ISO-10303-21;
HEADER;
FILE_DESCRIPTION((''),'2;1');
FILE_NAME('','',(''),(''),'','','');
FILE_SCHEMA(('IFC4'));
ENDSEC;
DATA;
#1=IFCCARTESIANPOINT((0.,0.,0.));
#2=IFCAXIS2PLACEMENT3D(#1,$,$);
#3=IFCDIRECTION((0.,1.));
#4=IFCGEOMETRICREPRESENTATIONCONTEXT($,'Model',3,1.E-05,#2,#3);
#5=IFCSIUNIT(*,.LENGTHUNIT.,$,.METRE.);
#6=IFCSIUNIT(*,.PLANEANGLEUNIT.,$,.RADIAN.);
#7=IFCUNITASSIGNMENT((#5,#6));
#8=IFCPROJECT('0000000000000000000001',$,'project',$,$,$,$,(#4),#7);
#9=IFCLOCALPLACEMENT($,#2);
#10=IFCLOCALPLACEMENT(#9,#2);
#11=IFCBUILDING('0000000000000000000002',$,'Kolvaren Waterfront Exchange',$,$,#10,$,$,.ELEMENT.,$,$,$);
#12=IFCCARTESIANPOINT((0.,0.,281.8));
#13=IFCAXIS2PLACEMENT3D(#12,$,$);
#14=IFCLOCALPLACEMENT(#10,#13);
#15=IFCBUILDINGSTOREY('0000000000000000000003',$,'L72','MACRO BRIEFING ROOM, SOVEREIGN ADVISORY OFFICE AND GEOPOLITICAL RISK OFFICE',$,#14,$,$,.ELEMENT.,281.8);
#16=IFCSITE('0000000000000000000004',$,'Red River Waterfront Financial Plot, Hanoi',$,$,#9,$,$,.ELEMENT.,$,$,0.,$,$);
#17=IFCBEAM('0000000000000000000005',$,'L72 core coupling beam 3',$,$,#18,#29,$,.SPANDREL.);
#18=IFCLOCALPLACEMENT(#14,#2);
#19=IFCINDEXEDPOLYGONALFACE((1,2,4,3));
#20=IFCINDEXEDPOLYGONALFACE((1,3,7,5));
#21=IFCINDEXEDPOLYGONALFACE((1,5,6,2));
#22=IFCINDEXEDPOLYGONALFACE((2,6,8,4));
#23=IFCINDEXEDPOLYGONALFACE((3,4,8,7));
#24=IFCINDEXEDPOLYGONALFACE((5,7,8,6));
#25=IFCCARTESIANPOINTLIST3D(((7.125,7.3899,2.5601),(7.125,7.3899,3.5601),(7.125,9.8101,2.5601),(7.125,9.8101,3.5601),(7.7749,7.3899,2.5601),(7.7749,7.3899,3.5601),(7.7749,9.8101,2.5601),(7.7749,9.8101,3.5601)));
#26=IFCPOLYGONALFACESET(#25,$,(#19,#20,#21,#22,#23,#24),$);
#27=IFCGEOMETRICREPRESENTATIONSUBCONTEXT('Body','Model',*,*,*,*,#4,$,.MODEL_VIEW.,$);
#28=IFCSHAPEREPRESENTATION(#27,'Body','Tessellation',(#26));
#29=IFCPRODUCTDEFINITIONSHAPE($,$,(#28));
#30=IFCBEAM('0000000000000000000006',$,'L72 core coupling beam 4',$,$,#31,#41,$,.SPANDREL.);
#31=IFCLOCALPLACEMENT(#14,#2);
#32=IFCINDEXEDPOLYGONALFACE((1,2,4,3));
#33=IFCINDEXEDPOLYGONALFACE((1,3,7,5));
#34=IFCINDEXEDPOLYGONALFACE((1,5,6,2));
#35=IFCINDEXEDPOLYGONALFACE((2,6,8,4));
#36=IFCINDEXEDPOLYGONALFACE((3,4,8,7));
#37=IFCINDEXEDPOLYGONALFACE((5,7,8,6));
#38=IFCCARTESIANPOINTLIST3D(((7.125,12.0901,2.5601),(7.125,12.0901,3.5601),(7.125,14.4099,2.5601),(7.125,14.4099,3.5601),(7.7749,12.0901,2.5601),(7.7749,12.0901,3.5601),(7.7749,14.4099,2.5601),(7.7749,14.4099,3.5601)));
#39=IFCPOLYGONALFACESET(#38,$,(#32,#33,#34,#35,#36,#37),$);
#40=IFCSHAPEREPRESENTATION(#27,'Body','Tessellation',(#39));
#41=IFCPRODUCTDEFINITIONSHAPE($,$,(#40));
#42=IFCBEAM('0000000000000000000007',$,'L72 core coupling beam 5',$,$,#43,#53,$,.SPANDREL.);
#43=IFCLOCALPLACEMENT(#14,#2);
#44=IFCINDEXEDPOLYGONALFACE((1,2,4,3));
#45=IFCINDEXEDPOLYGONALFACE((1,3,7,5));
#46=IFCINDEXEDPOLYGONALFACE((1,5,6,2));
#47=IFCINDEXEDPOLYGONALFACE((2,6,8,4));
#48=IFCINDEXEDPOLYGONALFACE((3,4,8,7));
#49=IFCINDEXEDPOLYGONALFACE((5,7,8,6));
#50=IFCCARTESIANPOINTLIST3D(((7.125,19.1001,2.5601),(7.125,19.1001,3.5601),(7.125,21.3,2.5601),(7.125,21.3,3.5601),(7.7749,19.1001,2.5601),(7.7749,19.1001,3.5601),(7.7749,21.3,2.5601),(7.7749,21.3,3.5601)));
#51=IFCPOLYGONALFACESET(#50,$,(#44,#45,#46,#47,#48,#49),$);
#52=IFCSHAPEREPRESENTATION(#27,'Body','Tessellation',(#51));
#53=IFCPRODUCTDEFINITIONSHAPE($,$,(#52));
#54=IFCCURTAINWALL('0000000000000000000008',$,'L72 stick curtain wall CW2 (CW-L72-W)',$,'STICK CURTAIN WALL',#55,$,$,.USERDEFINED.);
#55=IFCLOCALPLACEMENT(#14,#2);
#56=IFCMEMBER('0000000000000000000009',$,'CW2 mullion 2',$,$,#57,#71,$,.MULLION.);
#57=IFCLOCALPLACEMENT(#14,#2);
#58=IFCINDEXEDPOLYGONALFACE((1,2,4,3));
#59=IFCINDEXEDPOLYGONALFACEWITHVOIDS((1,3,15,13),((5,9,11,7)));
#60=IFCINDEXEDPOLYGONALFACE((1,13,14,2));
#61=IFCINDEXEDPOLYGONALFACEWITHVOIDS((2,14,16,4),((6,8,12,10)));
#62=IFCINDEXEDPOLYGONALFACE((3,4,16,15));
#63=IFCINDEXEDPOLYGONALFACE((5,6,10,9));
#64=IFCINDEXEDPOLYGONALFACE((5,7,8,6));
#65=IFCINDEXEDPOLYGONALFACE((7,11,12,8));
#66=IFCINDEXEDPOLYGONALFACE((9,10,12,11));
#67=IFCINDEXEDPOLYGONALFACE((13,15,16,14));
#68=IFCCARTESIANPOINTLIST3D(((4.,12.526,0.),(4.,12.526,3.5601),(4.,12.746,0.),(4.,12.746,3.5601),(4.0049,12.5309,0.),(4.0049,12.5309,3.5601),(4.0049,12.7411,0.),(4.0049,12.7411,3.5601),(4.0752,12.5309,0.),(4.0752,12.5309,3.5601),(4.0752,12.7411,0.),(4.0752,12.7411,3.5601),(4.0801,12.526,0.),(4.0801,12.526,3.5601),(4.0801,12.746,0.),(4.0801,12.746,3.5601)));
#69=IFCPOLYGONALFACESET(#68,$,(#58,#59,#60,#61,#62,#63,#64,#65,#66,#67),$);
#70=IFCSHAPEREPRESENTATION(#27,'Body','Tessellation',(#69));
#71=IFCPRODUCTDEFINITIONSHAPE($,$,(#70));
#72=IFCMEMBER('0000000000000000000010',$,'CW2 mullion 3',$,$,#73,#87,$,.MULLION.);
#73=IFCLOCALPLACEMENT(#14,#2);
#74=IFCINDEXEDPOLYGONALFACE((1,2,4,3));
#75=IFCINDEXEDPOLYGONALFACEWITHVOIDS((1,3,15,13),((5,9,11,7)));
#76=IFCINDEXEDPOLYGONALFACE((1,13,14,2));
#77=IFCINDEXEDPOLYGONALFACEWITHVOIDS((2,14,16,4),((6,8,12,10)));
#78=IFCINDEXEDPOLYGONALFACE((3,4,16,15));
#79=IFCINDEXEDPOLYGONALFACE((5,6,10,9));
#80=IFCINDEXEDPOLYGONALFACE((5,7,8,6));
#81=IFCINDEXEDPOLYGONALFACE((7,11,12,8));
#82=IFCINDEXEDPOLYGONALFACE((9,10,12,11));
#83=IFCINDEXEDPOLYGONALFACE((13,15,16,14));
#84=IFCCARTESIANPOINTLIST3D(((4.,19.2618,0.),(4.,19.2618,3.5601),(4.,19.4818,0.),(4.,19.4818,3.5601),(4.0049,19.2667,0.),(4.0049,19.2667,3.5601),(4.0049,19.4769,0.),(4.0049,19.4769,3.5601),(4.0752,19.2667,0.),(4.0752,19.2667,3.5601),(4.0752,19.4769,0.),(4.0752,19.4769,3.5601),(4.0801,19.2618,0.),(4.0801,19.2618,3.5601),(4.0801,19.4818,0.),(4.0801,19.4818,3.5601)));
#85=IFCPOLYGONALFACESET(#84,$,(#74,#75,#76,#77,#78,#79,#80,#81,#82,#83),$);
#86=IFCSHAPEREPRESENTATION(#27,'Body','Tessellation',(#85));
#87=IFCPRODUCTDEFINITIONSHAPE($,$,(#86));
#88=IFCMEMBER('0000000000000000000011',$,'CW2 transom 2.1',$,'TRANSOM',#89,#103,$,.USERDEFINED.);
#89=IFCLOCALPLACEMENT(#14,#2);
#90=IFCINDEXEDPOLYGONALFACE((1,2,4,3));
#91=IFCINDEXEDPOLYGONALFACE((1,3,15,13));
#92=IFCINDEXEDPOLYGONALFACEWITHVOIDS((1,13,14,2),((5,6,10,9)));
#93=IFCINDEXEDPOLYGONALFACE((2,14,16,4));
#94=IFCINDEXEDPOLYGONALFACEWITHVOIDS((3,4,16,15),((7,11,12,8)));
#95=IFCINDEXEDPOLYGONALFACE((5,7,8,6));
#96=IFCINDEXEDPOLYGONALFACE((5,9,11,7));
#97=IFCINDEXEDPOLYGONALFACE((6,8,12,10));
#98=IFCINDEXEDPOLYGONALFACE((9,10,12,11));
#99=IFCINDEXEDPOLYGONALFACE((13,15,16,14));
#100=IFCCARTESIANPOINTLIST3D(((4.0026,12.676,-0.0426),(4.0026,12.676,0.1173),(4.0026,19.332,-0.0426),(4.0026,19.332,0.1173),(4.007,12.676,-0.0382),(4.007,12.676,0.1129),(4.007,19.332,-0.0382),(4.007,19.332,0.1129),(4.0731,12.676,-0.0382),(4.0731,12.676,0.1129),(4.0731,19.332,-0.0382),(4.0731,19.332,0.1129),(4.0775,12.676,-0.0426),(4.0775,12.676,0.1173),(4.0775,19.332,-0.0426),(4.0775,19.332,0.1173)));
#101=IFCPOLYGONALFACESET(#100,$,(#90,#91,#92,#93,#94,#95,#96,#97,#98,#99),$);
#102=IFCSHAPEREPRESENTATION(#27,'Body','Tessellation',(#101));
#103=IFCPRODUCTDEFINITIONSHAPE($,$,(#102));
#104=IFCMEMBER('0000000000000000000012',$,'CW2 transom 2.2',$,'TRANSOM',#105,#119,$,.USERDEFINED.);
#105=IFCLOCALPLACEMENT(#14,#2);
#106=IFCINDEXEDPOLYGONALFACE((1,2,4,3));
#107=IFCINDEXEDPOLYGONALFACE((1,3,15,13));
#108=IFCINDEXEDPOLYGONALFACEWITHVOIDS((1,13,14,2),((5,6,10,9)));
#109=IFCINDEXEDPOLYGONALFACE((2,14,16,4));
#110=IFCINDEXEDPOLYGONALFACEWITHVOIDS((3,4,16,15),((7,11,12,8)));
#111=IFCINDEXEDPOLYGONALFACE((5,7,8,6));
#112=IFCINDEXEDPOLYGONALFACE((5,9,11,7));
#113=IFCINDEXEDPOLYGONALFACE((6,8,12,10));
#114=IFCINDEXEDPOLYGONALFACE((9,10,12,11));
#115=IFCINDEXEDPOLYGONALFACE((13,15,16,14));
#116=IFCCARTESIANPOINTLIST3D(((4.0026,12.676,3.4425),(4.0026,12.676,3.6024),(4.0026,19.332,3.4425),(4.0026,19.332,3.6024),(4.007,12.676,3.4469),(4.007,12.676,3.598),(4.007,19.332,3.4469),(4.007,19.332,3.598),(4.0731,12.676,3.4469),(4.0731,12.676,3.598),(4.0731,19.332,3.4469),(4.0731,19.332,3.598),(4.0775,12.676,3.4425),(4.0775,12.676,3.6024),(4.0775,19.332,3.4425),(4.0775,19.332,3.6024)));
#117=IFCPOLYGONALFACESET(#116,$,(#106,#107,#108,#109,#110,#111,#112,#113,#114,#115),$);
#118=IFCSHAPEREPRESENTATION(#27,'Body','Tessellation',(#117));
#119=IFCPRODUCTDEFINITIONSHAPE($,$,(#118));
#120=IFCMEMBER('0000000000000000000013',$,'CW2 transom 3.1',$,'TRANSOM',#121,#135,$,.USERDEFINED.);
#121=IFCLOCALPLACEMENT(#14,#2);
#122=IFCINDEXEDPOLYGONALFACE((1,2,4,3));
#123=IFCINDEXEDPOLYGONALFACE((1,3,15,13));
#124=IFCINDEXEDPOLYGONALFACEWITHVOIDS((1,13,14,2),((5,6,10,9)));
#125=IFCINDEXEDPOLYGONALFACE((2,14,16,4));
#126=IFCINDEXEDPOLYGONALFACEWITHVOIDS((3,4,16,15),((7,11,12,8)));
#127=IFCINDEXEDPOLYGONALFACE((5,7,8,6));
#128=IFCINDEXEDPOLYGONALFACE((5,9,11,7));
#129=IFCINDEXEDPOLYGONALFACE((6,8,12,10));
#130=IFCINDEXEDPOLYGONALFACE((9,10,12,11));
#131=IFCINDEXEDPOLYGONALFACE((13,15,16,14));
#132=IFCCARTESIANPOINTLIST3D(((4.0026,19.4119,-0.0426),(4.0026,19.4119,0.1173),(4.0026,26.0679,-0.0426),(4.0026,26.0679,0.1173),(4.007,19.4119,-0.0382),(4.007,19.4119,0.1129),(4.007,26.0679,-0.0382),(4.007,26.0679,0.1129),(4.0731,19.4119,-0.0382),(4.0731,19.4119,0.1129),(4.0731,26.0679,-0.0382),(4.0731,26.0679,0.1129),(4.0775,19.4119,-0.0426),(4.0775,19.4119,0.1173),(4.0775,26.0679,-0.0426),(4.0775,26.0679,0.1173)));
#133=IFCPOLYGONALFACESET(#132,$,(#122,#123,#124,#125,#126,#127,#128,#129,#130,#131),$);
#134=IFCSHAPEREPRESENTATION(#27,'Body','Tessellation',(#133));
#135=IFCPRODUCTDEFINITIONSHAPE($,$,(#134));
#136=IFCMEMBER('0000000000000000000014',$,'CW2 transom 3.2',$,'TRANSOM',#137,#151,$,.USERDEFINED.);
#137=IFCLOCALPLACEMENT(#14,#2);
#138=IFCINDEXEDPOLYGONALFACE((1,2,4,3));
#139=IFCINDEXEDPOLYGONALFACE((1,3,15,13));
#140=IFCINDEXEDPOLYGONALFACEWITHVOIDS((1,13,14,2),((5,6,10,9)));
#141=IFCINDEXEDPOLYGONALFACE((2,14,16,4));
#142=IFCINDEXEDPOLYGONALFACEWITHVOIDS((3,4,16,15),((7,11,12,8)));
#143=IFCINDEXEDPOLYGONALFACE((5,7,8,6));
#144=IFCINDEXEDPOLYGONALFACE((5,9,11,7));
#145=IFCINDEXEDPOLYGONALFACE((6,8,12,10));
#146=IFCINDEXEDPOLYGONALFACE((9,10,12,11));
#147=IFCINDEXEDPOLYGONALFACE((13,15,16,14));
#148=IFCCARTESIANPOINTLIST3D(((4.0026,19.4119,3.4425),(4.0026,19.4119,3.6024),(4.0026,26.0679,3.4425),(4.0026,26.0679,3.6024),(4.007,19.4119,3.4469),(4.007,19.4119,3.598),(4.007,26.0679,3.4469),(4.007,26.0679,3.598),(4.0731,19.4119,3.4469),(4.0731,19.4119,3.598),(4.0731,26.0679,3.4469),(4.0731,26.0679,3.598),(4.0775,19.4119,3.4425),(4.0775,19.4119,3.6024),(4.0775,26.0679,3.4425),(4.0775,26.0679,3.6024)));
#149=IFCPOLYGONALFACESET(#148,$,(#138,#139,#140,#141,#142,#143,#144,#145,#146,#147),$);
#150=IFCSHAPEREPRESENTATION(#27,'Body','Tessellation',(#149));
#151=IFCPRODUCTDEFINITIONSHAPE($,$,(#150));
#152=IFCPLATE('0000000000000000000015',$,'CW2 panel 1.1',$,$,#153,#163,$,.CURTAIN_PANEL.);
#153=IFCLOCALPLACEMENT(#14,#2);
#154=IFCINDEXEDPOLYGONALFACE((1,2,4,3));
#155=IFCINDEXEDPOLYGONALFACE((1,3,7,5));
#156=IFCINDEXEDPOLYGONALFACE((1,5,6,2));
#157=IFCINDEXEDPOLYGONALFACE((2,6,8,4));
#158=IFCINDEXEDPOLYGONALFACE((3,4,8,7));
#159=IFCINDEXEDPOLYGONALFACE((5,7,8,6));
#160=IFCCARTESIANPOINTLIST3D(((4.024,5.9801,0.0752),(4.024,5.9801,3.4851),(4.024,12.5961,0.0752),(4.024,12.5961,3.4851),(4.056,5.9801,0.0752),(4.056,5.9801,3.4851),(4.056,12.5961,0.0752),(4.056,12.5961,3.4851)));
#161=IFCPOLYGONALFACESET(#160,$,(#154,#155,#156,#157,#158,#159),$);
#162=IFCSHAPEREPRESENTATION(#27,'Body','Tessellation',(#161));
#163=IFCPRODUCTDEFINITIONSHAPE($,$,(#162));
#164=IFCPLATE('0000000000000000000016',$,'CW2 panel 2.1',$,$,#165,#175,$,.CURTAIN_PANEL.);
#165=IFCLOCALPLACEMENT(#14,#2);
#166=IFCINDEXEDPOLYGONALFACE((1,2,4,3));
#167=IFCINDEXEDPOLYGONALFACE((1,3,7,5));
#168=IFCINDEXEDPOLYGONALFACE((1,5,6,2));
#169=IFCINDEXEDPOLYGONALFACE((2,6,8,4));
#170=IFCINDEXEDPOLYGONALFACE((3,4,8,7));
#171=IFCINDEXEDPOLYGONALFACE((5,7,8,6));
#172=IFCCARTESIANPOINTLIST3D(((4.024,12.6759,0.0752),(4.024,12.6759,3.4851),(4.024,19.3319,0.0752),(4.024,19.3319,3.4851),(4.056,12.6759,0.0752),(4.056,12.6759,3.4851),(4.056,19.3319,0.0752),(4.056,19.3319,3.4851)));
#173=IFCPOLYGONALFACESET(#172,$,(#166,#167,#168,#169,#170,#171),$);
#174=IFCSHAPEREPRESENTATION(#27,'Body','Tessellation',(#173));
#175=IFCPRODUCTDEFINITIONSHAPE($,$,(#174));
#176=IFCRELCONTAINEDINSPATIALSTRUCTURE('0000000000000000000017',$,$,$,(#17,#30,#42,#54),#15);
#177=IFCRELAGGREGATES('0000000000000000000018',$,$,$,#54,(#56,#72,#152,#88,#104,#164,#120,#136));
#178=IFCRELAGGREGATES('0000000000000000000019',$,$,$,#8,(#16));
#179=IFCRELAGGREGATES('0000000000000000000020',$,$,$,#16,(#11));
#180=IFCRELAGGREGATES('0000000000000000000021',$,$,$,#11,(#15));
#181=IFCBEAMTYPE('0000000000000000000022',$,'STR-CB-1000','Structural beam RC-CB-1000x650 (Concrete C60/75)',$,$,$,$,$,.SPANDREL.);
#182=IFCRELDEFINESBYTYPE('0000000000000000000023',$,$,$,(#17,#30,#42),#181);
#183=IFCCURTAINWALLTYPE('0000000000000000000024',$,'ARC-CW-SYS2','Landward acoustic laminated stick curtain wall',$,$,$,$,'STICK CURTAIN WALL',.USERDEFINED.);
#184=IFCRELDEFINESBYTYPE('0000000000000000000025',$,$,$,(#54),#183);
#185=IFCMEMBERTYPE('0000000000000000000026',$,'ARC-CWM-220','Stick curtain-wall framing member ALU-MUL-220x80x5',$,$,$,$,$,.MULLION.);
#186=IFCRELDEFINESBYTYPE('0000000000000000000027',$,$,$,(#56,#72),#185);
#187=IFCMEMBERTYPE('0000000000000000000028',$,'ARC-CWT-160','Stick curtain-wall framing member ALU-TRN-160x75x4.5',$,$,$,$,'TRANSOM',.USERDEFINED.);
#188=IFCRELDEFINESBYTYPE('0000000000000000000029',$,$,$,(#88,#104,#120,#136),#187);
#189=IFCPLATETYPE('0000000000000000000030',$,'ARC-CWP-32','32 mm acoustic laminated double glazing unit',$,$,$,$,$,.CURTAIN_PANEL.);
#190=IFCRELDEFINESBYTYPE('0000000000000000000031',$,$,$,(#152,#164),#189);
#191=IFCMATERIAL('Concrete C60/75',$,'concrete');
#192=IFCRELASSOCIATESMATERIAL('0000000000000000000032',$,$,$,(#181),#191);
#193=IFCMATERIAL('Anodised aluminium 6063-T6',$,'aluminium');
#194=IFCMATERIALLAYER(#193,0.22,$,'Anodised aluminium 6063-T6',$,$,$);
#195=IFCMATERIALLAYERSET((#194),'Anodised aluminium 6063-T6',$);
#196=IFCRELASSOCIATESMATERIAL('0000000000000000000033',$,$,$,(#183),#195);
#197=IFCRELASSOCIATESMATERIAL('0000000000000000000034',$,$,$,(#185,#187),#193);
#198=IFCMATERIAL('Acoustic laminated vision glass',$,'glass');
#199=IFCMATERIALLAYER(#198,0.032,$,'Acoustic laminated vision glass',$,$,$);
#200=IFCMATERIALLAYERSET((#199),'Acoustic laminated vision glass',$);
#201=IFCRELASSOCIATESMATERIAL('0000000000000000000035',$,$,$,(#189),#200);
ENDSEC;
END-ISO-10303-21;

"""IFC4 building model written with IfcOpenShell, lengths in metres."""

from ifc_helpers import new_model, si_unit, direction, frame, origin, origin_with_axes, origin_2d, place, context, subcontext, project, spatial, rectangle, hollow_rectangle, extrude, source, transform, mapped, material, layer, layer_set, material_profile, profile_set, type_object, element, aggregate, save


model = new_model("IFC4")

# Units and contexts
model_context = context("Model", 3, precision=1e-05, world=origin(), true_north=direction((0.0, 1.0)))
body_context = subcontext(model_context, "Body", "Model", "MODEL_VIEW")
ifc_project = project(units=[si_unit("LENGTHUNIT", "METRE"), si_unit("PLANEANGLEUNIT", "RADIAN")], contexts=[model_context])

# Site, building, storey
site_placement = place(None, origin())
site = spatial("IfcSite", under=ifc_project, at=site_placement, Name="Red River Waterfront Financial Plot, Hanoi", CompositionType="ELEMENT", RefElevation=0.0)
building_placement = place(site_placement, origin())
building = spatial("IfcBuilding", under=site, at=building_placement, Name="Kolvaren Waterfront Exchange", CompositionType="ELEMENT")
storey_placement = place(building_placement, frame((0.0, 0.0, 281.8)))
storey = spatial("IfcBuildingStorey", under=building, at=storey_placement, Name="L72", Description="MACRO BRIEFING ROOM, SOVEREIGN ADVISORY OFFICE AND GEOPOLITICAL RISK OFFICE", CompositionType="ELEMENT", Elevation=281.8)

# Beams
ifc_material_1 = material(Name="Concrete C60/75", Category="concrete")
ifc_material_profile_1 = material_profile(ifc_material_1, rectangle(XDim=0.6499, YDim=1.0, at=origin_2d()), Name="RC-CB-1000x650")
ifc_profile_set_1 = profile_set([ifc_material_profile_1], Name="Concrete C60/75")
beam_type = type_object("IfcBeamType", Name="STR-CB-1000", Description="Structural beam RC-CB-1000x650 (Concrete C60/75)", PredefinedType="SPANDREL", material=ifc_profile_set_1)
beam_1_placement = place(storey_placement, frame((7.45, 7.3899, 3.0601), z_axis=(0.0, 1.0, 0.0), x_axis=(-1.0, 0.0, 0.0)))
element("IfcBeam", 1, at=beam_1_placement, inside=storey, type_object=beam_type, Name="L72 core coupling beam 3", PredefinedType="SPANDREL", context=body_context, shape_type="SweptSolid", body=[
    extrude(rectangle(XDim=0.6499, YDim=1.0, at=origin_2d()), origin(), (0.0, 0.0, 1.0), 2.4202),
])
beam_2_placement = place(storey_placement, frame((7.45, 12.0901, 3.0601), z_axis=(0.0, 1.0, 0.0), x_axis=(-1.0, 0.0, 0.0)))
element("IfcBeam", 2, at=beam_2_placement, inside=storey, type_object=beam_type, Name="L72 core coupling beam 4", PredefinedType="SPANDREL", context=body_context, shape_type="SweptSolid", body=[
    extrude(rectangle(XDim=0.6499, YDim=1.0, at=origin_2d()), origin(), (0.0, 0.0, 1.0), 2.3198),
])
beam_3_placement = place(storey_placement, frame((7.45, 19.1001, 3.0601), z_axis=(0.0, 1.0, 0.0), x_axis=(-1.0, 0.0, 0.0)))
element("IfcBeam", 3, at=beam_3_placement, inside=storey, type_object=beam_type, Name="L72 core coupling beam 5", PredefinedType="SPANDREL", context=body_context, shape_type="SweptSolid", body=[
    extrude(rectangle(XDim=0.6499, YDim=1.0, at=origin_2d()), origin(), (0.0, 0.0, 1.0), 2.2),
])

# Curtain wall, members, plates
ifc_material_2 = material(Name="Anodised aluminium 6063-T6", Category="aluminium")
ifc_layer_1 = layer(ifc_material_2, 0.22, Name="Anodised aluminium 6063-T6")
ifc_layer_set_1 = layer_set([ifc_layer_1], Name="Anodised aluminium 6063-T6")
curtain_wall_type = type_object("IfcCurtainWallType", Name="ARC-CW-SYS2", Description="Landward acoustic laminated stick curtain wall", ElementType="STICK CURTAIN WALL", PredefinedType="USERDEFINED", material=ifc_layer_set_1)
curtain_wall_placement = place(storey_placement, origin())
curtain_wall = element("IfcCurtainWall", 4, at=curtain_wall_placement, inside=storey, type_object=curtain_wall_type, Name="L72 stick curtain wall CW2 (CW-L72-W)", ObjectType="STICK CURTAIN WALL", PredefinedType="USERDEFINED")
ifc_material_profile_2 = material_profile(ifc_material_2, hollow_rectangle(XDim=0.0801, YDim=0.22, WallThickness=0.0049, at=origin_2d()), Name="ALU-MUL-220x80x5")
ifc_profile_set_2 = profile_set([ifc_material_profile_2], Name="Anodised aluminium 6063-T6")
member_type_1 = type_object("IfcMemberType", Name="ARC-CWM-220", Description="Stick curtain-wall framing member ALU-MUL-220x80x5", PredefinedType="MULLION", material=ifc_profile_set_2)
shared_shape_1 = source(origin_with_axes(), body_context, "Body", "SweptSolid", [
    extrude(hollow_rectangle(XDim=0.0801, YDim=0.22, WallThickness=0.0049, at=origin_2d()), origin(), (0.0, 0.0, 1.0), 3.5601),
])
member_1_placement = place(storey_placement, frame((4.04, 12.636, 0.0), z_axis=(0.0, 0.0, 1.0), x_axis=(-1.0, 0.0, 0.0)))
member_1 = element("IfcMember", 5, at=member_1_placement, type_object=member_type_1, Name="CW2 mullion 2", PredefinedType="MULLION", context=body_context, shape_type="MappedRepresentation", body=[
    mapped(shared_shape_1, transform((0.0, 0.0, 0.0), x_axis=(1.0, 0.0, 0.0), y_axis=(0.0, 1.0, 0.0), z_axis=(0.0, 0.0, 1.0), scale=1.0)),
])
member_2_placement = place(storey_placement, frame((4.04, 19.3718, 0.0), z_axis=(0.0, 0.0, 1.0), x_axis=(-1.0, 0.0, 0.0)))
member_2 = element("IfcMember", 6, at=member_2_placement, type_object=member_type_1, Name="CW2 mullion 3", PredefinedType="MULLION", context=body_context, shape_type="MappedRepresentation", body=[
    mapped(shared_shape_1, transform((0.0, 0.0, 0.0), x_axis=(1.0, 0.0, 0.0), y_axis=(0.0, 1.0, 0.0), z_axis=(0.0, 0.0, 1.0), scale=1.0)),
])
ifc_material_profile_3 = material_profile(ifc_material_2, hollow_rectangle(XDim=0.075, YDim=0.1599, WallThickness=0.0044, at=origin_2d()), Name="ALU-TRN-160x75x4.5")
ifc_profile_set_3 = profile_set([ifc_material_profile_3], Name="Anodised aluminium 6063-T6")
member_type_2 = type_object("IfcMemberType", Name="ARC-CWT-160", Description="Stick curtain-wall framing member ALU-TRN-160x75x4.5", ElementType="TRANSOM", PredefinedType="USERDEFINED", material=ifc_profile_set_3)
shared_shape_2 = source(origin_with_axes(), body_context, "Body", "SweptSolid", [
    extrude(hollow_rectangle(XDim=0.075, YDim=0.1599, WallThickness=0.0044, at=origin_2d()), origin(), (0.0, 0.0, 1.0), 6.656),
])
member_3_placement = place(storey_placement, frame((4.04, 12.676, 0.0374), z_axis=(0.0, 1.0, 0.0), x_axis=(-1.0, 0.0, 0.0)))
member_3 = element("IfcMember", 7, at=member_3_placement, type_object=member_type_2, Name="CW2 transom 2.1", ObjectType="TRANSOM", PredefinedType="USERDEFINED", context=body_context, shape_type="MappedRepresentation", body=[
    mapped(shared_shape_2, transform((0.0, 0.0, 0.0), x_axis=(1.0, 0.0, 0.0), y_axis=(0.0, 1.0, 0.0), z_axis=(0.0, 0.0, 1.0), scale=1.0)),
])
member_4_placement = place(storey_placement, frame((4.04, 12.676, 3.5225), z_axis=(0.0, 1.0, 0.0), x_axis=(-1.0, 0.0, 0.0)))
member_4 = element("IfcMember", 8, at=member_4_placement, type_object=member_type_2, Name="CW2 transom 2.2", ObjectType="TRANSOM", PredefinedType="USERDEFINED", context=body_context, shape_type="MappedRepresentation", body=[
    mapped(shared_shape_2, transform((0.0, 0.0, 0.0), x_axis=(1.0, 0.0, 0.0), y_axis=(0.0, 1.0, 0.0), z_axis=(0.0, 0.0, 1.0), scale=1.0)),
])
member_5_placement = place(storey_placement, frame((4.04, 19.4119, 0.0374), z_axis=(0.0, 1.0, 0.0), x_axis=(-1.0, 0.0, 0.0)))
member_5 = element("IfcMember", 9, at=member_5_placement, type_object=member_type_2, Name="CW2 transom 3.1", ObjectType="TRANSOM", PredefinedType="USERDEFINED", context=body_context, shape_type="MappedRepresentation", body=[
    mapped(shared_shape_2, transform((0.0, 0.0, 0.0), x_axis=(1.0, 0.0, 0.0), y_axis=(0.0, 1.0, 0.0), z_axis=(0.0, 0.0, 1.0), scale=1.0)),
])
member_6_placement = place(storey_placement, frame((4.04, 19.4119, 3.5225), z_axis=(0.0, 1.0, 0.0), x_axis=(-1.0, 0.0, 0.0)))
member_6 = element("IfcMember", 10, at=member_6_placement, type_object=member_type_2, Name="CW2 transom 3.2", ObjectType="TRANSOM", PredefinedType="USERDEFINED", context=body_context, shape_type="MappedRepresentation", body=[
    mapped(shared_shape_2, transform((0.0, 0.0, 0.0), x_axis=(1.0, 0.0, 0.0), y_axis=(0.0, 1.0, 0.0), z_axis=(0.0, 0.0, 1.0), scale=1.0)),
])
ifc_material_3 = material(Name="Acoustic laminated vision glass", Category="glass")
ifc_layer_2 = layer(ifc_material_3, 0.032, Name="Acoustic laminated vision glass")
ifc_layer_set_2 = layer_set([ifc_layer_2], Name="Acoustic laminated vision glass")
plate_type = type_object("IfcPlateType", Name="ARC-CWP-32", Description="32 mm acoustic laminated double glazing unit", PredefinedType="CURTAIN_PANEL", material=ifc_layer_set_2)
shared_shape_3 = source(origin_with_axes(), body_context, "Body", "SweptSolid", [
    extrude(rectangle(XDim=6.616, YDim=0.032, at=origin_2d()), origin(), (0.0, 0.0, 1.0), 3.4099),
])
plate_1_placement = place(storey_placement, frame((4.04, 9.2881, 0.0752), z_axis=(0.0, 0.0, 1.0), x_axis=(0.0, 1.0, 0.0)))
plate_1 = element("IfcPlate", 11, at=plate_1_placement, type_object=plate_type, Name="CW2 panel 1.1", PredefinedType="CURTAIN_PANEL", context=body_context, shape_type="MappedRepresentation", body=[
    mapped(shared_shape_3, transform((0.0, 0.0, 0.0), x_axis=(1.0, 0.0, 0.0), y_axis=(0.0, 1.0, 0.0), z_axis=(0.0, 0.0, 1.0), scale=1.0)),
])
shared_shape_4 = source(origin_with_axes(), body_context, "Body", "SweptSolid", [
    extrude(rectangle(XDim=6.656, YDim=0.032, at=origin_2d()), origin(), (0.0, 0.0, 1.0), 3.4099),
])
plate_2_placement = place(storey_placement, frame((4.04, 16.0039, 0.0752), z_axis=(0.0, 0.0, 1.0), x_axis=(0.0, 1.0, 0.0)))
plate_2 = element("IfcPlate", 12, at=plate_2_placement, type_object=plate_type, Name="CW2 panel 2.1", PredefinedType="CURTAIN_PANEL", context=body_context, shape_type="MappedRepresentation", body=[
    mapped(shared_shape_4, transform((0.0, 0.0, 0.0), x_axis=(1.0, 0.0, 0.0), y_axis=(0.0, 1.0, 0.0), z_axis=(0.0, 0.0, 1.0), scale=1.0)),
])
aggregate(curtain_wall, [member_1, member_2, plate_1, member_3, member_4, plate_2, member_5, member_6])

save(model, "model.ifc")
